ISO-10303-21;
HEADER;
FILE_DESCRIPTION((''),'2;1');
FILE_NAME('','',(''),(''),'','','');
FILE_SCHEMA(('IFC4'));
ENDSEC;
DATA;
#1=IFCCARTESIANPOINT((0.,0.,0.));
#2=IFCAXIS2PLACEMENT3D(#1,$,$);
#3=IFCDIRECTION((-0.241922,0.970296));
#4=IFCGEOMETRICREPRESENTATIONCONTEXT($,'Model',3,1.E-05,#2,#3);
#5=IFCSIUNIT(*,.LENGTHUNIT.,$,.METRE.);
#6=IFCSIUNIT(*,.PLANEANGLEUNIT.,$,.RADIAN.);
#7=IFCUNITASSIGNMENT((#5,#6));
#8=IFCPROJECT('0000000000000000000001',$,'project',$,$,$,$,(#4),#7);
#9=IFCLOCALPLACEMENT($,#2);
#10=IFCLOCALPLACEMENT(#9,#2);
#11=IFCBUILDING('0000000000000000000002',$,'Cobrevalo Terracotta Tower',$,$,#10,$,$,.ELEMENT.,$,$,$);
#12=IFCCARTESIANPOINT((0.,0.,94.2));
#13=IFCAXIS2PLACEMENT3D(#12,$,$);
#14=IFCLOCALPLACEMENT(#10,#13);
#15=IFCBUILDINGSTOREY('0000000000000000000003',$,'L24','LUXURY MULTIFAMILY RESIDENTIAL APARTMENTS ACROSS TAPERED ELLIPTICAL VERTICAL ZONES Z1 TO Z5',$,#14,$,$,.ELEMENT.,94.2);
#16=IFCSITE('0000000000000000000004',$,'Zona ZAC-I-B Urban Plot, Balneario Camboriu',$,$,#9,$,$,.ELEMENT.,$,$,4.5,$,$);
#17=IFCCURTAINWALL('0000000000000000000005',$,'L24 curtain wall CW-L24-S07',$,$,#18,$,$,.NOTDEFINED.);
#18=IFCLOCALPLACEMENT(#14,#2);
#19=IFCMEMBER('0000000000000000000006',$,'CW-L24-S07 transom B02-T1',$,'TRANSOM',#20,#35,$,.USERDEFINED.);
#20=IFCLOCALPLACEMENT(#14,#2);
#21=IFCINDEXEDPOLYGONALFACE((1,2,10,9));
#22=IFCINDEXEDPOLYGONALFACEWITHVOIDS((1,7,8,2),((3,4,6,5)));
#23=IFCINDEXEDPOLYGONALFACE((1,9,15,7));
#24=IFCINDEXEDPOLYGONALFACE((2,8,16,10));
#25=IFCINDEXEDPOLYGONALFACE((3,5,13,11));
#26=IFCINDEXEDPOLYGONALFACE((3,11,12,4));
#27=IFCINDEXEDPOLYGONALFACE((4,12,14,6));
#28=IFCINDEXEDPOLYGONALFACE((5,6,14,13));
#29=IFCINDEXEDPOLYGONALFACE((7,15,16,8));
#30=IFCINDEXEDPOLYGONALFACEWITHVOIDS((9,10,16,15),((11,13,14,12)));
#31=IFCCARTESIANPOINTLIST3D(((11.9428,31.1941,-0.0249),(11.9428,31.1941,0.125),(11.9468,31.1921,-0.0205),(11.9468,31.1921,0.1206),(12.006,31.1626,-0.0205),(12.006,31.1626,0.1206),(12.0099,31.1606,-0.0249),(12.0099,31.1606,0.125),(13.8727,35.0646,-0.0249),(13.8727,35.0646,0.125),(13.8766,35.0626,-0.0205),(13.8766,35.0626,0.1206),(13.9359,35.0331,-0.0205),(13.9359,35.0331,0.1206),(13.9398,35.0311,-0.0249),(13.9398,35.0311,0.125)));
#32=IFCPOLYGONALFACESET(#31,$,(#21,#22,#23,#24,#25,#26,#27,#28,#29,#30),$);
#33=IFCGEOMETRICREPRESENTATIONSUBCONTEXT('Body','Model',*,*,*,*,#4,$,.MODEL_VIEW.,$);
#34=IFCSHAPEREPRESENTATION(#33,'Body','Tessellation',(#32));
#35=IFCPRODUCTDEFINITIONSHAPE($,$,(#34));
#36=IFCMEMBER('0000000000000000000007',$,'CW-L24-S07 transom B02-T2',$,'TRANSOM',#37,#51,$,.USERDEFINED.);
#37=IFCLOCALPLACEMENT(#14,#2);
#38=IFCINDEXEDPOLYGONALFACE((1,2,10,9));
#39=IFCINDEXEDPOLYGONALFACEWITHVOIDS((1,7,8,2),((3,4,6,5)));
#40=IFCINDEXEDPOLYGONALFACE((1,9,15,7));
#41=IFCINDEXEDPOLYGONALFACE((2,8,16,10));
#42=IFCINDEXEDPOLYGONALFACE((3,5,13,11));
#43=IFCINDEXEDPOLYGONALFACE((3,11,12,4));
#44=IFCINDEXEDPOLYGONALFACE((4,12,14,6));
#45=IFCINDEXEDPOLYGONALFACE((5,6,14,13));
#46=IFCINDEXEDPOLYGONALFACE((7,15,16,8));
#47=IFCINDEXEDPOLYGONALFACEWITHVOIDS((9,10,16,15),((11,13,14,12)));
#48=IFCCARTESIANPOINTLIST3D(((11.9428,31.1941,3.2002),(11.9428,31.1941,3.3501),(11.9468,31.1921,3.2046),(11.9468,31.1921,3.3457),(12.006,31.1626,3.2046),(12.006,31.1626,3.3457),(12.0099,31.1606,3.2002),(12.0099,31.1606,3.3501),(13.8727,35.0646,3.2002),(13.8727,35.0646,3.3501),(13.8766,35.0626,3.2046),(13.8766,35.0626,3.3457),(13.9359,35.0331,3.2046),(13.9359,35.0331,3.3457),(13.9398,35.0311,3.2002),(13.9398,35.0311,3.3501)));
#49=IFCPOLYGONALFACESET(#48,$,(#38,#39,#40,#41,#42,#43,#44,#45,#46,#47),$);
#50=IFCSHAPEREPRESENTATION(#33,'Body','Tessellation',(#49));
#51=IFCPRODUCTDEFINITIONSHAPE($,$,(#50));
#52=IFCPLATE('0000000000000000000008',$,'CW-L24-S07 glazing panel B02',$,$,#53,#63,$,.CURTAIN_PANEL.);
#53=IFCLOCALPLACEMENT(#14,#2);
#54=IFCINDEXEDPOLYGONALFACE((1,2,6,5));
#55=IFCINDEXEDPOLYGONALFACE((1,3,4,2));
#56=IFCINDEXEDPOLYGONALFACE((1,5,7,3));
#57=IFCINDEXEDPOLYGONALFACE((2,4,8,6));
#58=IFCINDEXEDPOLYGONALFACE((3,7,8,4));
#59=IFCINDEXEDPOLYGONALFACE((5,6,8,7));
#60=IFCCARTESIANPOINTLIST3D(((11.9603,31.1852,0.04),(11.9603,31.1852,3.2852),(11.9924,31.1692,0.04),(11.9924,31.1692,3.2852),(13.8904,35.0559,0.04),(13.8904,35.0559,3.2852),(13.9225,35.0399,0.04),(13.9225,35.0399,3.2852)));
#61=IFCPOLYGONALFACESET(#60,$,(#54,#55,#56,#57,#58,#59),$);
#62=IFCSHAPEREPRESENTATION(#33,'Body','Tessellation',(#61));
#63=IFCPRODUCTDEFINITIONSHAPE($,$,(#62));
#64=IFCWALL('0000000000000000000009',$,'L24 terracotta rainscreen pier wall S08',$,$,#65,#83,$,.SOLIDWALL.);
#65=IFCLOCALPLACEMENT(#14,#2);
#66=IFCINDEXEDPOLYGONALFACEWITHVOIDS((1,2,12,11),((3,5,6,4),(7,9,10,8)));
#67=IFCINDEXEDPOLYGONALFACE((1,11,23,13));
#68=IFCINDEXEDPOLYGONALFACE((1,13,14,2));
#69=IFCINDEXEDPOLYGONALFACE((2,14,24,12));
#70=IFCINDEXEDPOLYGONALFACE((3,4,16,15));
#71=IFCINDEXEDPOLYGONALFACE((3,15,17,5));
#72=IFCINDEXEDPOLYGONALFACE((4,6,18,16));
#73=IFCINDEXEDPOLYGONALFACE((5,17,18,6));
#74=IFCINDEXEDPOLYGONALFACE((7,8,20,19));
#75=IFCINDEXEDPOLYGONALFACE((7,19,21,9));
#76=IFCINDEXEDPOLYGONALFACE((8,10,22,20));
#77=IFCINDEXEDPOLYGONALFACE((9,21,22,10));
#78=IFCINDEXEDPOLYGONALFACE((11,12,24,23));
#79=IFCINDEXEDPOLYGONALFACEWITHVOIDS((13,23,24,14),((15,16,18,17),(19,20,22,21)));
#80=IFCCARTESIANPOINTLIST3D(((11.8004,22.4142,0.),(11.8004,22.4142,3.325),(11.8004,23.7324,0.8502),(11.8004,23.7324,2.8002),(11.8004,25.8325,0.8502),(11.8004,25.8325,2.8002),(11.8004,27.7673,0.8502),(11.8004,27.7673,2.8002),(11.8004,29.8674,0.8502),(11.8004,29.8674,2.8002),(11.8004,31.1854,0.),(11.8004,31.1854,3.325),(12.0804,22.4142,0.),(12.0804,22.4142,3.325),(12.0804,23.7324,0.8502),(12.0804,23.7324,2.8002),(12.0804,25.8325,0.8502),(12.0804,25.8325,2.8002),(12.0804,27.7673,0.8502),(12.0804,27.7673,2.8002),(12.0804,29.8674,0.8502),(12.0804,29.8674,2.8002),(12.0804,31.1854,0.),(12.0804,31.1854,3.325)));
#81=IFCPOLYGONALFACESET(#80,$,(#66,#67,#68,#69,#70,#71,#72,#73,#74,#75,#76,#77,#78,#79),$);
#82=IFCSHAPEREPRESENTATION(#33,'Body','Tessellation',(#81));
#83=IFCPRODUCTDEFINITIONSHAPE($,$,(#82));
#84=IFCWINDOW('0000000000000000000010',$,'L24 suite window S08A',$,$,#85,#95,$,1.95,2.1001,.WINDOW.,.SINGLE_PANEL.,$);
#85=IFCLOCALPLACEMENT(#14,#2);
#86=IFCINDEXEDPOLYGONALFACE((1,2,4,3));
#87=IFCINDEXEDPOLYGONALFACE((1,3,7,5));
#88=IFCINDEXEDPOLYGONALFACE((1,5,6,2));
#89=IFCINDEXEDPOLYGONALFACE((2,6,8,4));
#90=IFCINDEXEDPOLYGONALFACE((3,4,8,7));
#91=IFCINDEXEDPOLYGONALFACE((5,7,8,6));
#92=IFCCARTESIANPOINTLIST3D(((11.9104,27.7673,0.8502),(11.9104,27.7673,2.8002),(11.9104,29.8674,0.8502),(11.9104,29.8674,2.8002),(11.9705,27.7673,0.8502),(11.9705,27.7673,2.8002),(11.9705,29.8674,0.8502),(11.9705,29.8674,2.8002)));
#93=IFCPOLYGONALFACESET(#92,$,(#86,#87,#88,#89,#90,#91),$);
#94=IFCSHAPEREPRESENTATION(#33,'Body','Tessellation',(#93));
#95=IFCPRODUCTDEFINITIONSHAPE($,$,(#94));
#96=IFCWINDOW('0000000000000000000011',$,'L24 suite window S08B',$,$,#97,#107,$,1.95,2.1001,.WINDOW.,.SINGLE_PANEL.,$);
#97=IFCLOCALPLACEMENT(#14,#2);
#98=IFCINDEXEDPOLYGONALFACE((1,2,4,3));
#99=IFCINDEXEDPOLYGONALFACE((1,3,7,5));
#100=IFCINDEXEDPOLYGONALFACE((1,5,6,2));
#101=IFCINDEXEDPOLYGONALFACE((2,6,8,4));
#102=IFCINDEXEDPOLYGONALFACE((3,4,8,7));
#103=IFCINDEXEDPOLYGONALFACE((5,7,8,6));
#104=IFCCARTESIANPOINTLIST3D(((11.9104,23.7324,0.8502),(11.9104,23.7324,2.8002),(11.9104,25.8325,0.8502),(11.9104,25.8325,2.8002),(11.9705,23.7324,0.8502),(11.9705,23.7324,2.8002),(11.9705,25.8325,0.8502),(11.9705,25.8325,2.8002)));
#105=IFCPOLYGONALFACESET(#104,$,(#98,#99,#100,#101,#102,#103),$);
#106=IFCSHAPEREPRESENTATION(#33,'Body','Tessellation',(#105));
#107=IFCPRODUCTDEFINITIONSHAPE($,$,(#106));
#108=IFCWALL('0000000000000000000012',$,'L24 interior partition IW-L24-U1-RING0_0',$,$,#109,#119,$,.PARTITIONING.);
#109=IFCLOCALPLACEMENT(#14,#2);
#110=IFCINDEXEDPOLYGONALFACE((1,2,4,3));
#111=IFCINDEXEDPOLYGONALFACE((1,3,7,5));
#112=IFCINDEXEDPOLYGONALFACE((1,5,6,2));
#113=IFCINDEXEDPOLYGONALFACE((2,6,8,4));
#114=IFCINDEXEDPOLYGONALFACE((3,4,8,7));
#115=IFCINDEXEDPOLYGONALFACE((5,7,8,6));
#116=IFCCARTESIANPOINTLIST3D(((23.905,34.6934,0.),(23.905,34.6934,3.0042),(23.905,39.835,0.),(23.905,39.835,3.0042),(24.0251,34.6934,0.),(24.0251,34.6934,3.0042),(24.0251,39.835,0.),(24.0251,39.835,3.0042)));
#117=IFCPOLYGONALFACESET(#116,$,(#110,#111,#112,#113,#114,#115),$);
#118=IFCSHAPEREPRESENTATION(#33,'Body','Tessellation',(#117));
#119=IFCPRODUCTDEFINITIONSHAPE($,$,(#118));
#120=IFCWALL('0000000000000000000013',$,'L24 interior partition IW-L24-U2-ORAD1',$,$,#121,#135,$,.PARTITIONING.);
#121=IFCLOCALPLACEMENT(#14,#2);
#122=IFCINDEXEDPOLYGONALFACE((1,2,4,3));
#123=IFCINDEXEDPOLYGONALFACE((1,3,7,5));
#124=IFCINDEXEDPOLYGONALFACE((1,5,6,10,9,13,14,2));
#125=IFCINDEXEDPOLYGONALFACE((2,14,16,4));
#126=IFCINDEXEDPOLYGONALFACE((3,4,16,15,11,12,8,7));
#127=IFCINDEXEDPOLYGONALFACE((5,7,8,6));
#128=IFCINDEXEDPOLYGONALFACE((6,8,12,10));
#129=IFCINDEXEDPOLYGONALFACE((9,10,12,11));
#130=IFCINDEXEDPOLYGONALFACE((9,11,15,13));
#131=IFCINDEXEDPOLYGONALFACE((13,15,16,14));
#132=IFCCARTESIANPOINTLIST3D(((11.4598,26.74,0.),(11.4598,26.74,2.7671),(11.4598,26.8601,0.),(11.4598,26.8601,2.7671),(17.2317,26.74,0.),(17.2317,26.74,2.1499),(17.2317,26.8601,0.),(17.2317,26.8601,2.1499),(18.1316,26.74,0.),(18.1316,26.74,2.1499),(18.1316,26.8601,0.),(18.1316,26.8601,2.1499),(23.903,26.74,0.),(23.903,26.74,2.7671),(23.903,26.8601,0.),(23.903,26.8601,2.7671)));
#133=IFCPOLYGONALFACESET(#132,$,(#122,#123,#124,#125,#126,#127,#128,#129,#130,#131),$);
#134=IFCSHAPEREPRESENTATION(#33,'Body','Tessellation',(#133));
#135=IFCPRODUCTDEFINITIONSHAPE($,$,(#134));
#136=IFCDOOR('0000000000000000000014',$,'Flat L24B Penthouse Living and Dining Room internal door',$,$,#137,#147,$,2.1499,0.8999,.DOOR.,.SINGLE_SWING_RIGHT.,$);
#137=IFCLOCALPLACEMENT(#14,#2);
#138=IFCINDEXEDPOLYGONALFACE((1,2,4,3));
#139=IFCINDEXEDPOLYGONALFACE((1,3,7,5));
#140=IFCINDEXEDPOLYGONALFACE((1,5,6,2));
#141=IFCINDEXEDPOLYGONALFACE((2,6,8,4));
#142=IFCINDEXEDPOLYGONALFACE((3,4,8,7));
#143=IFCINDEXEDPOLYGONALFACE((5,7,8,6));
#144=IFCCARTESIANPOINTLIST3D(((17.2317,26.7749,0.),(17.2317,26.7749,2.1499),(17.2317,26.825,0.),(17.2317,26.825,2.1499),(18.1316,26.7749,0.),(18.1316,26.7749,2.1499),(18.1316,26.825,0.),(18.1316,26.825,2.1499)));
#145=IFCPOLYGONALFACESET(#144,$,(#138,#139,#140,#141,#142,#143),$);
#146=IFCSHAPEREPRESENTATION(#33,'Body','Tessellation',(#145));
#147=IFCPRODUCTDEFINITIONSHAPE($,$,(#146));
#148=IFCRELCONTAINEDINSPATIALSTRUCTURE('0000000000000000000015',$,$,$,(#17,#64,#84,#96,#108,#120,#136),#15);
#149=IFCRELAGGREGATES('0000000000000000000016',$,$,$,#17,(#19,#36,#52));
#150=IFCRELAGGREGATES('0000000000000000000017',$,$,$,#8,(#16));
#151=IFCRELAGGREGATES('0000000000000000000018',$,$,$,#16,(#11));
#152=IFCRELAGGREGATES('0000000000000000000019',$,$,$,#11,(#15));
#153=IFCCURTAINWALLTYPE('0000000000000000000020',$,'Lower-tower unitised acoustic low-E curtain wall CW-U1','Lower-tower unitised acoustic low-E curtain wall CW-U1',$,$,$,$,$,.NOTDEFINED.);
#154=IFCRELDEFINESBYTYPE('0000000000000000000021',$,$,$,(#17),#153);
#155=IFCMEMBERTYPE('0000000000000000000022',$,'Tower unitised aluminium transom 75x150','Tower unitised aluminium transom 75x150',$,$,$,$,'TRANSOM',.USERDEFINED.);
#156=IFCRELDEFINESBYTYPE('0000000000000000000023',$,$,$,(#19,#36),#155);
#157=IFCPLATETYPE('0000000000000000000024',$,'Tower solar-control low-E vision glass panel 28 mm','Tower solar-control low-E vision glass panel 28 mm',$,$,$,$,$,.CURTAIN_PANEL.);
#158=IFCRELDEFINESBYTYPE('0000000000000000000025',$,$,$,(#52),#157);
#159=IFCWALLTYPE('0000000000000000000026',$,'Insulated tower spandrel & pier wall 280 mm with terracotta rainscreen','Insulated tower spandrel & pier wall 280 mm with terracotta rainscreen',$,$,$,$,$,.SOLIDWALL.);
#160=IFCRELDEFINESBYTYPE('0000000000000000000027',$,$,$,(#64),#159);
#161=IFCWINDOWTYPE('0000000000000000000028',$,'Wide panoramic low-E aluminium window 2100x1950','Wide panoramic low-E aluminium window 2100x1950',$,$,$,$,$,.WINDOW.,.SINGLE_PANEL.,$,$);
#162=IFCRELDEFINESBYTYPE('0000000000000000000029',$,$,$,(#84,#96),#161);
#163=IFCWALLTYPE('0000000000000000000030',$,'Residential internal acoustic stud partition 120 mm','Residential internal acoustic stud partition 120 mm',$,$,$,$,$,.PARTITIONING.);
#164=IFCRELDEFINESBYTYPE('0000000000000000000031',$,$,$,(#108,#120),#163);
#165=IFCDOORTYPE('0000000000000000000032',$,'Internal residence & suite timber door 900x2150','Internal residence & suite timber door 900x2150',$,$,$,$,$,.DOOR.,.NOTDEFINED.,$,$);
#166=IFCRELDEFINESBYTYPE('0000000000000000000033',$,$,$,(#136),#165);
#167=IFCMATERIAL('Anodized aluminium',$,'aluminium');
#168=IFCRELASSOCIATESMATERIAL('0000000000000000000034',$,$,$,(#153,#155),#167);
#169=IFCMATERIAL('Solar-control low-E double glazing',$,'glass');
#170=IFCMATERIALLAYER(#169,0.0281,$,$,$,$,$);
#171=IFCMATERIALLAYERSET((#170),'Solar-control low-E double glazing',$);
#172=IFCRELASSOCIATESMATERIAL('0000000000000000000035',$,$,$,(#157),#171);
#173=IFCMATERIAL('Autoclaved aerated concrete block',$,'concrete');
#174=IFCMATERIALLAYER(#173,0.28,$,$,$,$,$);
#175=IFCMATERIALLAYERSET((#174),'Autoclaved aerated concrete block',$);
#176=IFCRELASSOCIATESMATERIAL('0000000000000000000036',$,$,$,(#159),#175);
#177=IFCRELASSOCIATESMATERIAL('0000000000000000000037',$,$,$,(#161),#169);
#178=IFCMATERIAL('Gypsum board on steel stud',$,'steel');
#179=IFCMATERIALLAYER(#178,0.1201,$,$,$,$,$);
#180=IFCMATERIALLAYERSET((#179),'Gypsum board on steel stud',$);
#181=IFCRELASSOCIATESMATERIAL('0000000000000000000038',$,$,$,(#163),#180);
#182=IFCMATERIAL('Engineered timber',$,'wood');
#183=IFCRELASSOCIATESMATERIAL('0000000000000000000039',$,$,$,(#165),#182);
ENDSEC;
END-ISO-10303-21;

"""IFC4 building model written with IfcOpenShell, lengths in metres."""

from ifc_helpers import new_model, si_unit, direction, frame, frame_2d, origin, origin_2d, place, context, subcontext, project, spatial, rectangle, hollow_rectangle, extrude, source, transform, mapped, material, layer, layer_set, material_profile, profile_set, type_object, element, fill, aggregate, save


model = new_model("IFC4")

# Units and contexts
model_context = context("Model", 3, precision=1e-05, world=origin(), true_north=direction((-0.241922, 0.970296)))
body_context = subcontext(model_context, "Body", "Model", "MODEL_VIEW")
ifc_project = project(units=[si_unit("LENGTHUNIT", "METRE"), si_unit("PLANEANGLEUNIT", "RADIAN")], contexts=[model_context])

# Site, building, storey
site_placement = place(None, origin())
site = spatial("IfcSite", under=ifc_project, at=site_placement, Name="Zona ZAC-I-B Urban Plot, Balneario Camboriu", CompositionType="ELEMENT", RefElevation=4.5)
building_placement = place(site_placement, origin())
building = spatial("IfcBuilding", under=site, at=building_placement, Name="Cobrevalo Terracotta Tower", CompositionType="ELEMENT")
storey_placement = place(building_placement, frame((0.0, 0.0, 94.2)))
storey = spatial("IfcBuildingStorey", under=building, at=storey_placement, Name="L24", Description="LUXURY MULTIFAMILY RESIDENTIAL APARTMENTS ACROSS TAPERED ELLIPTICAL VERTICAL ZONES Z1 TO Z5", CompositionType="ELEMENT", Elevation=94.2)

# Curtain wall
ifc_material_1 = material(Name="Anodized aluminium", Category="aluminium")
curtain_wall_type = type_object("IfcCurtainWallType", Name="Lower-tower unitised acoustic low-E curtain wall CW-U1", Description="Lower-tower unitised acoustic low-E curtain wall CW-U1", PredefinedType="NOTDEFINED", material=ifc_material_1)
curtain_wall_1_placement = place(storey_placement, origin())
curtain_wall_1 = element("IfcCurtainWall", 1, at=curtain_wall_1_placement, inside=storey, type_object=curtain_wall_type, Name="L24 curtain wall CW-L24-S07", PredefinedType="NOTDEFINED")

# Members
ifc_material_profile_1 = material_profile(ifc_material_1, hollow_rectangle(XDim=0.075, YDim=0.1499, WallThickness=0.0044, at=origin_2d()), Name="CWT 75x150")
ifc_profile_set_1 = profile_set([ifc_material_profile_1], Name="Anodized aluminium")
member_type_1 = type_object("IfcMemberType", Name="Tower unitised aluminium transom 75x150", Description="Tower unitised aluminium transom 75x150", ElementType="TRANSOM", PredefinedType="USERDEFINED", material=ifc_profile_set_1)
shared_shape_1 = source(origin(), body_context, "Body", "SweptSolid", [
    extrude(hollow_rectangle(XDim=0.075, YDim=0.1499, WallThickness=0.0044, at=origin_2d()), origin(), (0.0, 0.0, 1.0), 4.325),
])
member_1_placement = place(storey_placement, frame((13.9062, 35.0479, 0.05), z_axis=(-0.44622, -0.894923, 0.0), x_axis=(0.894923, -0.44622, 0.0)))
member_1 = element("IfcMember", 2, at=member_1_placement, type_object=member_type_1, Name="CW-L24-S07 transom B02-T1", ObjectType="TRANSOM", PredefinedType="USERDEFINED", context=body_context, shape_type="MappedRepresentation", body=[
    mapped(shared_shape_1, transform((0.0, 0.0, 0.0), scale=1.0)),
])
member_2_placement = place(storey_placement, frame((13.9062, 35.0479, 3.2751), z_axis=(-0.44622, -0.894923, 0.0), x_axis=(0.894923, -0.44622, 0.0)))
member_2 = element("IfcMember", 3, at=member_2_placement, type_object=member_type_1, Name="CW-L24-S07 transom B02-T2", ObjectType="TRANSOM", PredefinedType="USERDEFINED", context=body_context, shape_type="MappedRepresentation", body=[
    mapped(shared_shape_1, transform((0.0, 0.0, 0.0), scale=1.0)),
])

# Plate
ifc_material_2 = material(Name="Solar-control low-E double glazing", Category="glass")
ifc_layer_1 = layer(ifc_material_2, 0.0281)
ifc_layer_set_1 = layer_set([ifc_layer_1], Name="Solar-control low-E double glazing")
plate_type = type_object("IfcPlateType", Name="Tower solar-control low-E vision glass panel 28 mm", Description="Tower solar-control low-E vision glass panel 28 mm", PredefinedType="CURTAIN_PANEL", material=ifc_layer_set_1)
shared_shape_2 = source(origin(), body_context, "Body", "SweptSolid", [
    extrude(rectangle(XDim=4.3252, YDim=0.0359, at=origin_2d()), origin(), (0.0, 0.0, 1.0), 3.2451),
])
plate_placement = place(storey_placement, frame((12.9414, 33.1125, 0.04), z_axis=(0.0, 0.0, 1.0), x_axis=(-0.446262, -0.894902, 0.0)))
plate = element("IfcPlate", 4, at=plate_placement, type_object=plate_type, Name="CW-L24-S07 glazing panel B02", PredefinedType="CURTAIN_PANEL", context=body_context, shape_type="MappedRepresentation", body=[
    mapped(shared_shape_2, transform((0.0, 0.0, 0.0), scale=1.0)),
])
aggregate(curtain_wall_1, [member_1, member_2, plate])

# Wall, openings, windows
ifc_material_3 = material(Name="Autoclaved aerated concrete block", Category="concrete")
ifc_layer_2 = layer(ifc_material_3, 0.28)
ifc_layer_set_2 = layer_set([ifc_layer_2], Name="Autoclaved aerated concrete block")
wall_type_1 = type_object("IfcWallType", Name="Insulated tower spandrel & pier wall 280 mm with terracotta rainscreen", Description="Insulated tower spandrel & pier wall 280 mm with terracotta rainscreen", PredefinedType="SOLIDWALL", material=ifc_layer_set_2)
wall_1_placement = place(storey_placement, frame((11.9404, 31.1855, 0.0), z_axis=(0.0, 0.0, 1.0), x_axis=(0.0, -1.0, 0.0)))
wall_1 = element("IfcWall", 5, at=wall_1_placement, inside=storey, type_object=wall_type_1, Name="L24 terracotta rainscreen pier wall S08", PredefinedType="SOLIDWALL", context=body_context, shape_type="SweptSolid", body=[
    extrude(rectangle(XDim=8.7712, YDim=0.28, at=frame_2d((4.3857, 0.0))), origin(), (0.0, 0.0, 1.0), 3.325),
])
opening_1_placement = place(wall_1_placement, frame((1.3181, 0.0, 0.8501)))
opening_1 = element("IfcOpeningElement", 6, at=opening_1_placement, cuts=wall_1, PredefinedType="OPENING", context=body_context, shape_type="SweptSolid", body=[
    extrude(rectangle(XDim=2.1001, YDim=1.95, at=frame_2d((1.05, 0.9751))), frame((0.0, 0.1499, 0.0), z_axis=(0.0, -1.0, 0.0), x_axis=(1.0, 0.0, 0.0)), (0.0, 0.0, 1.0), 0.3),
])
opening_2_placement = place(wall_1_placement, frame((5.353, 0.0, 0.8501)))
opening_2 = element("IfcOpeningElement", 7, at=opening_2_placement, cuts=wall_1, PredefinedType="OPENING", context=body_context, shape_type="SweptSolid", body=[
    extrude(rectangle(XDim=2.1001, YDim=1.95, at=frame_2d((1.05, 0.9751))), frame((0.0, 0.1499, 0.0), z_axis=(0.0, -1.0, 0.0), x_axis=(1.0, 0.0, 0.0)), (0.0, 0.0, 1.0), 0.3),
])
window_type = type_object("IfcWindowType", Name="Wide panoramic low-E aluminium window 2100x1950", Description="Wide panoramic low-E aluminium window 2100x1950", PartitioningType="SINGLE_PANEL", PredefinedType="WINDOW", material=ifc_material_2)
shared_shape_3 = source(origin(), body_context, "Body", "SweptSolid", [
    extrude(rectangle(XDim=2.1001, YDim=1.95, at=frame_2d((1.05, 0.9751))), frame((0.0, 0.03, 0.0), z_axis=(0.0, -1.0, 0.0), x_axis=(1.0, 0.0, 0.0)), (0.0, 0.0, 1.0), 0.0601),
])
window_1_placement = place(opening_1_placement, origin())
window_1 = element("IfcWindow", 8, at=window_1_placement, inside=storey, type_object=window_type, Name="L24 suite window S08A", OverallHeight=1.95, OverallWidth=2.1001, PartitioningType="SINGLE_PANEL", PredefinedType="WINDOW", context=body_context, shape_type="MappedRepresentation", body=[
    mapped(shared_shape_3, transform((0.0, 0.0, 0.0), scale=1.0)),
])
fill(opening_1, window_1)
window_2_placement = place(opening_2_placement, origin())
window_2 = element("IfcWindow", 9, at=window_2_placement, inside=storey, type_object=window_type, Name="L24 suite window S08B", OverallHeight=1.95, OverallWidth=2.1001, PartitioningType="SINGLE_PANEL", PredefinedType="WINDOW", context=body_context, shape_type="MappedRepresentation", body=[
    mapped(shared_shape_3, transform((0.0, 0.0, 0.0), scale=1.0)),
])
fill(opening_2, window_2)

# Wall
ifc_material_4 = material(Name="Gypsum board on steel stud", Category="steel")
ifc_layer_3 = layer(ifc_material_4, 0.1201)
ifc_layer_set_3 = layer_set([ifc_layer_3], Name="Gypsum board on steel stud")
wall_type_2 = type_object("IfcWallType", Name="Residential internal acoustic stud partition 120 mm", Description="Residential internal acoustic stud partition 120 mm", PredefinedType="PARTITIONING", material=ifc_layer_set_3)
wall_2_placement = place(storey_placement, frame((23.9651, 34.6934, 0.0), z_axis=(0.0, 0.0, 1.0), x_axis=(0.0, 1.0, 0.0)))
element("IfcWall", 10, at=wall_2_placement, inside=storey, type_object=wall_type_2, Name="L24 interior partition IW-L24-U1-RING0_0", PredefinedType="PARTITIONING", context=body_context, shape_type="SweptSolid", body=[
    extrude(rectangle(XDim=5.1416, YDim=0.1201, at=frame_2d((2.5708, 0.0))), origin(), (0.0, 0.0, 1.0), 3.0042),
])

# Wall, opening, door
wall_3_placement = place(storey_placement, frame((23.9031, 26.8, 0.0), z_axis=(0.0, 0.0, 1.0), x_axis=(-1.0, 0.0, 0.0)))
wall_3 = element("IfcWall", 11, at=wall_3_placement, inside=storey, type_object=wall_type_2, Name="L24 interior partition IW-L24-U2-ORAD1", PredefinedType="PARTITIONING", context=body_context, shape_type="SweptSolid", body=[
    extrude(rectangle(XDim=12.4431, YDim=0.1201, at=frame_2d((6.2217, 0.0))), origin(), (0.0, 0.0, 1.0), 2.7671),
])
opening_3_placement = place(wall_3_placement, frame((5.7715, 0.0, 0.0)))
opening_3 = element("IfcOpeningElement", 12, at=opening_3_placement, cuts=wall_3, PredefinedType="OPENING", context=body_context, shape_type="SweptSolid", body=[
    extrude(rectangle(XDim=0.8999, YDim=2.1499, at=frame_2d((0.45, 1.075))), frame((0.0, 0.0701, 0.0), z_axis=(0.0, -1.0, 0.0), x_axis=(1.0, 0.0, 0.0)), (0.0, 0.0, 1.0), 0.1401),
])
ifc_material_5 = material(Name="Engineered timber", Category="wood")
door_type = type_object("IfcDoorType", Name="Internal residence & suite timber door 900x2150", Description="Internal residence & suite timber door 900x2150", OperationType="NOTDEFINED", PredefinedType="DOOR", material=ifc_material_5)
shared_shape_4 = source(origin(), body_context, "Body", "SweptSolid", [
    extrude(rectangle(XDim=0.8999, YDim=2.1499, at=frame_2d((0.45, 1.075))), frame((0.0, 0.0249, 0.0), z_axis=(0.0, -1.0, 0.0), x_axis=(1.0, 0.0, 0.0)), (0.0, 0.0, 1.0), 0.05),
])
door_1_placement = place(opening_3_placement, frame((0.8999, 0.0, 0.0), z_axis=(0.0, 0.0, 1.0), x_axis=(-1.0, 0.0, 0.0)))
door_1 = element("IfcDoor", 13, at=door_1_placement, inside=storey, type_object=door_type, Name="Flat L24B Penthouse Living and Dining Room internal door", OperationType="SINGLE_SWING_RIGHT", OverallHeight=2.1499, OverallWidth=0.8999, PredefinedType="DOOR", context=body_context, shape_type="MappedRepresentation", body=[
    mapped(shared_shape_4, transform((0.0, 0.0, 0.0), scale=1.0)),
])
fill(opening_3, door_1)

save(model, "model.ifc")
